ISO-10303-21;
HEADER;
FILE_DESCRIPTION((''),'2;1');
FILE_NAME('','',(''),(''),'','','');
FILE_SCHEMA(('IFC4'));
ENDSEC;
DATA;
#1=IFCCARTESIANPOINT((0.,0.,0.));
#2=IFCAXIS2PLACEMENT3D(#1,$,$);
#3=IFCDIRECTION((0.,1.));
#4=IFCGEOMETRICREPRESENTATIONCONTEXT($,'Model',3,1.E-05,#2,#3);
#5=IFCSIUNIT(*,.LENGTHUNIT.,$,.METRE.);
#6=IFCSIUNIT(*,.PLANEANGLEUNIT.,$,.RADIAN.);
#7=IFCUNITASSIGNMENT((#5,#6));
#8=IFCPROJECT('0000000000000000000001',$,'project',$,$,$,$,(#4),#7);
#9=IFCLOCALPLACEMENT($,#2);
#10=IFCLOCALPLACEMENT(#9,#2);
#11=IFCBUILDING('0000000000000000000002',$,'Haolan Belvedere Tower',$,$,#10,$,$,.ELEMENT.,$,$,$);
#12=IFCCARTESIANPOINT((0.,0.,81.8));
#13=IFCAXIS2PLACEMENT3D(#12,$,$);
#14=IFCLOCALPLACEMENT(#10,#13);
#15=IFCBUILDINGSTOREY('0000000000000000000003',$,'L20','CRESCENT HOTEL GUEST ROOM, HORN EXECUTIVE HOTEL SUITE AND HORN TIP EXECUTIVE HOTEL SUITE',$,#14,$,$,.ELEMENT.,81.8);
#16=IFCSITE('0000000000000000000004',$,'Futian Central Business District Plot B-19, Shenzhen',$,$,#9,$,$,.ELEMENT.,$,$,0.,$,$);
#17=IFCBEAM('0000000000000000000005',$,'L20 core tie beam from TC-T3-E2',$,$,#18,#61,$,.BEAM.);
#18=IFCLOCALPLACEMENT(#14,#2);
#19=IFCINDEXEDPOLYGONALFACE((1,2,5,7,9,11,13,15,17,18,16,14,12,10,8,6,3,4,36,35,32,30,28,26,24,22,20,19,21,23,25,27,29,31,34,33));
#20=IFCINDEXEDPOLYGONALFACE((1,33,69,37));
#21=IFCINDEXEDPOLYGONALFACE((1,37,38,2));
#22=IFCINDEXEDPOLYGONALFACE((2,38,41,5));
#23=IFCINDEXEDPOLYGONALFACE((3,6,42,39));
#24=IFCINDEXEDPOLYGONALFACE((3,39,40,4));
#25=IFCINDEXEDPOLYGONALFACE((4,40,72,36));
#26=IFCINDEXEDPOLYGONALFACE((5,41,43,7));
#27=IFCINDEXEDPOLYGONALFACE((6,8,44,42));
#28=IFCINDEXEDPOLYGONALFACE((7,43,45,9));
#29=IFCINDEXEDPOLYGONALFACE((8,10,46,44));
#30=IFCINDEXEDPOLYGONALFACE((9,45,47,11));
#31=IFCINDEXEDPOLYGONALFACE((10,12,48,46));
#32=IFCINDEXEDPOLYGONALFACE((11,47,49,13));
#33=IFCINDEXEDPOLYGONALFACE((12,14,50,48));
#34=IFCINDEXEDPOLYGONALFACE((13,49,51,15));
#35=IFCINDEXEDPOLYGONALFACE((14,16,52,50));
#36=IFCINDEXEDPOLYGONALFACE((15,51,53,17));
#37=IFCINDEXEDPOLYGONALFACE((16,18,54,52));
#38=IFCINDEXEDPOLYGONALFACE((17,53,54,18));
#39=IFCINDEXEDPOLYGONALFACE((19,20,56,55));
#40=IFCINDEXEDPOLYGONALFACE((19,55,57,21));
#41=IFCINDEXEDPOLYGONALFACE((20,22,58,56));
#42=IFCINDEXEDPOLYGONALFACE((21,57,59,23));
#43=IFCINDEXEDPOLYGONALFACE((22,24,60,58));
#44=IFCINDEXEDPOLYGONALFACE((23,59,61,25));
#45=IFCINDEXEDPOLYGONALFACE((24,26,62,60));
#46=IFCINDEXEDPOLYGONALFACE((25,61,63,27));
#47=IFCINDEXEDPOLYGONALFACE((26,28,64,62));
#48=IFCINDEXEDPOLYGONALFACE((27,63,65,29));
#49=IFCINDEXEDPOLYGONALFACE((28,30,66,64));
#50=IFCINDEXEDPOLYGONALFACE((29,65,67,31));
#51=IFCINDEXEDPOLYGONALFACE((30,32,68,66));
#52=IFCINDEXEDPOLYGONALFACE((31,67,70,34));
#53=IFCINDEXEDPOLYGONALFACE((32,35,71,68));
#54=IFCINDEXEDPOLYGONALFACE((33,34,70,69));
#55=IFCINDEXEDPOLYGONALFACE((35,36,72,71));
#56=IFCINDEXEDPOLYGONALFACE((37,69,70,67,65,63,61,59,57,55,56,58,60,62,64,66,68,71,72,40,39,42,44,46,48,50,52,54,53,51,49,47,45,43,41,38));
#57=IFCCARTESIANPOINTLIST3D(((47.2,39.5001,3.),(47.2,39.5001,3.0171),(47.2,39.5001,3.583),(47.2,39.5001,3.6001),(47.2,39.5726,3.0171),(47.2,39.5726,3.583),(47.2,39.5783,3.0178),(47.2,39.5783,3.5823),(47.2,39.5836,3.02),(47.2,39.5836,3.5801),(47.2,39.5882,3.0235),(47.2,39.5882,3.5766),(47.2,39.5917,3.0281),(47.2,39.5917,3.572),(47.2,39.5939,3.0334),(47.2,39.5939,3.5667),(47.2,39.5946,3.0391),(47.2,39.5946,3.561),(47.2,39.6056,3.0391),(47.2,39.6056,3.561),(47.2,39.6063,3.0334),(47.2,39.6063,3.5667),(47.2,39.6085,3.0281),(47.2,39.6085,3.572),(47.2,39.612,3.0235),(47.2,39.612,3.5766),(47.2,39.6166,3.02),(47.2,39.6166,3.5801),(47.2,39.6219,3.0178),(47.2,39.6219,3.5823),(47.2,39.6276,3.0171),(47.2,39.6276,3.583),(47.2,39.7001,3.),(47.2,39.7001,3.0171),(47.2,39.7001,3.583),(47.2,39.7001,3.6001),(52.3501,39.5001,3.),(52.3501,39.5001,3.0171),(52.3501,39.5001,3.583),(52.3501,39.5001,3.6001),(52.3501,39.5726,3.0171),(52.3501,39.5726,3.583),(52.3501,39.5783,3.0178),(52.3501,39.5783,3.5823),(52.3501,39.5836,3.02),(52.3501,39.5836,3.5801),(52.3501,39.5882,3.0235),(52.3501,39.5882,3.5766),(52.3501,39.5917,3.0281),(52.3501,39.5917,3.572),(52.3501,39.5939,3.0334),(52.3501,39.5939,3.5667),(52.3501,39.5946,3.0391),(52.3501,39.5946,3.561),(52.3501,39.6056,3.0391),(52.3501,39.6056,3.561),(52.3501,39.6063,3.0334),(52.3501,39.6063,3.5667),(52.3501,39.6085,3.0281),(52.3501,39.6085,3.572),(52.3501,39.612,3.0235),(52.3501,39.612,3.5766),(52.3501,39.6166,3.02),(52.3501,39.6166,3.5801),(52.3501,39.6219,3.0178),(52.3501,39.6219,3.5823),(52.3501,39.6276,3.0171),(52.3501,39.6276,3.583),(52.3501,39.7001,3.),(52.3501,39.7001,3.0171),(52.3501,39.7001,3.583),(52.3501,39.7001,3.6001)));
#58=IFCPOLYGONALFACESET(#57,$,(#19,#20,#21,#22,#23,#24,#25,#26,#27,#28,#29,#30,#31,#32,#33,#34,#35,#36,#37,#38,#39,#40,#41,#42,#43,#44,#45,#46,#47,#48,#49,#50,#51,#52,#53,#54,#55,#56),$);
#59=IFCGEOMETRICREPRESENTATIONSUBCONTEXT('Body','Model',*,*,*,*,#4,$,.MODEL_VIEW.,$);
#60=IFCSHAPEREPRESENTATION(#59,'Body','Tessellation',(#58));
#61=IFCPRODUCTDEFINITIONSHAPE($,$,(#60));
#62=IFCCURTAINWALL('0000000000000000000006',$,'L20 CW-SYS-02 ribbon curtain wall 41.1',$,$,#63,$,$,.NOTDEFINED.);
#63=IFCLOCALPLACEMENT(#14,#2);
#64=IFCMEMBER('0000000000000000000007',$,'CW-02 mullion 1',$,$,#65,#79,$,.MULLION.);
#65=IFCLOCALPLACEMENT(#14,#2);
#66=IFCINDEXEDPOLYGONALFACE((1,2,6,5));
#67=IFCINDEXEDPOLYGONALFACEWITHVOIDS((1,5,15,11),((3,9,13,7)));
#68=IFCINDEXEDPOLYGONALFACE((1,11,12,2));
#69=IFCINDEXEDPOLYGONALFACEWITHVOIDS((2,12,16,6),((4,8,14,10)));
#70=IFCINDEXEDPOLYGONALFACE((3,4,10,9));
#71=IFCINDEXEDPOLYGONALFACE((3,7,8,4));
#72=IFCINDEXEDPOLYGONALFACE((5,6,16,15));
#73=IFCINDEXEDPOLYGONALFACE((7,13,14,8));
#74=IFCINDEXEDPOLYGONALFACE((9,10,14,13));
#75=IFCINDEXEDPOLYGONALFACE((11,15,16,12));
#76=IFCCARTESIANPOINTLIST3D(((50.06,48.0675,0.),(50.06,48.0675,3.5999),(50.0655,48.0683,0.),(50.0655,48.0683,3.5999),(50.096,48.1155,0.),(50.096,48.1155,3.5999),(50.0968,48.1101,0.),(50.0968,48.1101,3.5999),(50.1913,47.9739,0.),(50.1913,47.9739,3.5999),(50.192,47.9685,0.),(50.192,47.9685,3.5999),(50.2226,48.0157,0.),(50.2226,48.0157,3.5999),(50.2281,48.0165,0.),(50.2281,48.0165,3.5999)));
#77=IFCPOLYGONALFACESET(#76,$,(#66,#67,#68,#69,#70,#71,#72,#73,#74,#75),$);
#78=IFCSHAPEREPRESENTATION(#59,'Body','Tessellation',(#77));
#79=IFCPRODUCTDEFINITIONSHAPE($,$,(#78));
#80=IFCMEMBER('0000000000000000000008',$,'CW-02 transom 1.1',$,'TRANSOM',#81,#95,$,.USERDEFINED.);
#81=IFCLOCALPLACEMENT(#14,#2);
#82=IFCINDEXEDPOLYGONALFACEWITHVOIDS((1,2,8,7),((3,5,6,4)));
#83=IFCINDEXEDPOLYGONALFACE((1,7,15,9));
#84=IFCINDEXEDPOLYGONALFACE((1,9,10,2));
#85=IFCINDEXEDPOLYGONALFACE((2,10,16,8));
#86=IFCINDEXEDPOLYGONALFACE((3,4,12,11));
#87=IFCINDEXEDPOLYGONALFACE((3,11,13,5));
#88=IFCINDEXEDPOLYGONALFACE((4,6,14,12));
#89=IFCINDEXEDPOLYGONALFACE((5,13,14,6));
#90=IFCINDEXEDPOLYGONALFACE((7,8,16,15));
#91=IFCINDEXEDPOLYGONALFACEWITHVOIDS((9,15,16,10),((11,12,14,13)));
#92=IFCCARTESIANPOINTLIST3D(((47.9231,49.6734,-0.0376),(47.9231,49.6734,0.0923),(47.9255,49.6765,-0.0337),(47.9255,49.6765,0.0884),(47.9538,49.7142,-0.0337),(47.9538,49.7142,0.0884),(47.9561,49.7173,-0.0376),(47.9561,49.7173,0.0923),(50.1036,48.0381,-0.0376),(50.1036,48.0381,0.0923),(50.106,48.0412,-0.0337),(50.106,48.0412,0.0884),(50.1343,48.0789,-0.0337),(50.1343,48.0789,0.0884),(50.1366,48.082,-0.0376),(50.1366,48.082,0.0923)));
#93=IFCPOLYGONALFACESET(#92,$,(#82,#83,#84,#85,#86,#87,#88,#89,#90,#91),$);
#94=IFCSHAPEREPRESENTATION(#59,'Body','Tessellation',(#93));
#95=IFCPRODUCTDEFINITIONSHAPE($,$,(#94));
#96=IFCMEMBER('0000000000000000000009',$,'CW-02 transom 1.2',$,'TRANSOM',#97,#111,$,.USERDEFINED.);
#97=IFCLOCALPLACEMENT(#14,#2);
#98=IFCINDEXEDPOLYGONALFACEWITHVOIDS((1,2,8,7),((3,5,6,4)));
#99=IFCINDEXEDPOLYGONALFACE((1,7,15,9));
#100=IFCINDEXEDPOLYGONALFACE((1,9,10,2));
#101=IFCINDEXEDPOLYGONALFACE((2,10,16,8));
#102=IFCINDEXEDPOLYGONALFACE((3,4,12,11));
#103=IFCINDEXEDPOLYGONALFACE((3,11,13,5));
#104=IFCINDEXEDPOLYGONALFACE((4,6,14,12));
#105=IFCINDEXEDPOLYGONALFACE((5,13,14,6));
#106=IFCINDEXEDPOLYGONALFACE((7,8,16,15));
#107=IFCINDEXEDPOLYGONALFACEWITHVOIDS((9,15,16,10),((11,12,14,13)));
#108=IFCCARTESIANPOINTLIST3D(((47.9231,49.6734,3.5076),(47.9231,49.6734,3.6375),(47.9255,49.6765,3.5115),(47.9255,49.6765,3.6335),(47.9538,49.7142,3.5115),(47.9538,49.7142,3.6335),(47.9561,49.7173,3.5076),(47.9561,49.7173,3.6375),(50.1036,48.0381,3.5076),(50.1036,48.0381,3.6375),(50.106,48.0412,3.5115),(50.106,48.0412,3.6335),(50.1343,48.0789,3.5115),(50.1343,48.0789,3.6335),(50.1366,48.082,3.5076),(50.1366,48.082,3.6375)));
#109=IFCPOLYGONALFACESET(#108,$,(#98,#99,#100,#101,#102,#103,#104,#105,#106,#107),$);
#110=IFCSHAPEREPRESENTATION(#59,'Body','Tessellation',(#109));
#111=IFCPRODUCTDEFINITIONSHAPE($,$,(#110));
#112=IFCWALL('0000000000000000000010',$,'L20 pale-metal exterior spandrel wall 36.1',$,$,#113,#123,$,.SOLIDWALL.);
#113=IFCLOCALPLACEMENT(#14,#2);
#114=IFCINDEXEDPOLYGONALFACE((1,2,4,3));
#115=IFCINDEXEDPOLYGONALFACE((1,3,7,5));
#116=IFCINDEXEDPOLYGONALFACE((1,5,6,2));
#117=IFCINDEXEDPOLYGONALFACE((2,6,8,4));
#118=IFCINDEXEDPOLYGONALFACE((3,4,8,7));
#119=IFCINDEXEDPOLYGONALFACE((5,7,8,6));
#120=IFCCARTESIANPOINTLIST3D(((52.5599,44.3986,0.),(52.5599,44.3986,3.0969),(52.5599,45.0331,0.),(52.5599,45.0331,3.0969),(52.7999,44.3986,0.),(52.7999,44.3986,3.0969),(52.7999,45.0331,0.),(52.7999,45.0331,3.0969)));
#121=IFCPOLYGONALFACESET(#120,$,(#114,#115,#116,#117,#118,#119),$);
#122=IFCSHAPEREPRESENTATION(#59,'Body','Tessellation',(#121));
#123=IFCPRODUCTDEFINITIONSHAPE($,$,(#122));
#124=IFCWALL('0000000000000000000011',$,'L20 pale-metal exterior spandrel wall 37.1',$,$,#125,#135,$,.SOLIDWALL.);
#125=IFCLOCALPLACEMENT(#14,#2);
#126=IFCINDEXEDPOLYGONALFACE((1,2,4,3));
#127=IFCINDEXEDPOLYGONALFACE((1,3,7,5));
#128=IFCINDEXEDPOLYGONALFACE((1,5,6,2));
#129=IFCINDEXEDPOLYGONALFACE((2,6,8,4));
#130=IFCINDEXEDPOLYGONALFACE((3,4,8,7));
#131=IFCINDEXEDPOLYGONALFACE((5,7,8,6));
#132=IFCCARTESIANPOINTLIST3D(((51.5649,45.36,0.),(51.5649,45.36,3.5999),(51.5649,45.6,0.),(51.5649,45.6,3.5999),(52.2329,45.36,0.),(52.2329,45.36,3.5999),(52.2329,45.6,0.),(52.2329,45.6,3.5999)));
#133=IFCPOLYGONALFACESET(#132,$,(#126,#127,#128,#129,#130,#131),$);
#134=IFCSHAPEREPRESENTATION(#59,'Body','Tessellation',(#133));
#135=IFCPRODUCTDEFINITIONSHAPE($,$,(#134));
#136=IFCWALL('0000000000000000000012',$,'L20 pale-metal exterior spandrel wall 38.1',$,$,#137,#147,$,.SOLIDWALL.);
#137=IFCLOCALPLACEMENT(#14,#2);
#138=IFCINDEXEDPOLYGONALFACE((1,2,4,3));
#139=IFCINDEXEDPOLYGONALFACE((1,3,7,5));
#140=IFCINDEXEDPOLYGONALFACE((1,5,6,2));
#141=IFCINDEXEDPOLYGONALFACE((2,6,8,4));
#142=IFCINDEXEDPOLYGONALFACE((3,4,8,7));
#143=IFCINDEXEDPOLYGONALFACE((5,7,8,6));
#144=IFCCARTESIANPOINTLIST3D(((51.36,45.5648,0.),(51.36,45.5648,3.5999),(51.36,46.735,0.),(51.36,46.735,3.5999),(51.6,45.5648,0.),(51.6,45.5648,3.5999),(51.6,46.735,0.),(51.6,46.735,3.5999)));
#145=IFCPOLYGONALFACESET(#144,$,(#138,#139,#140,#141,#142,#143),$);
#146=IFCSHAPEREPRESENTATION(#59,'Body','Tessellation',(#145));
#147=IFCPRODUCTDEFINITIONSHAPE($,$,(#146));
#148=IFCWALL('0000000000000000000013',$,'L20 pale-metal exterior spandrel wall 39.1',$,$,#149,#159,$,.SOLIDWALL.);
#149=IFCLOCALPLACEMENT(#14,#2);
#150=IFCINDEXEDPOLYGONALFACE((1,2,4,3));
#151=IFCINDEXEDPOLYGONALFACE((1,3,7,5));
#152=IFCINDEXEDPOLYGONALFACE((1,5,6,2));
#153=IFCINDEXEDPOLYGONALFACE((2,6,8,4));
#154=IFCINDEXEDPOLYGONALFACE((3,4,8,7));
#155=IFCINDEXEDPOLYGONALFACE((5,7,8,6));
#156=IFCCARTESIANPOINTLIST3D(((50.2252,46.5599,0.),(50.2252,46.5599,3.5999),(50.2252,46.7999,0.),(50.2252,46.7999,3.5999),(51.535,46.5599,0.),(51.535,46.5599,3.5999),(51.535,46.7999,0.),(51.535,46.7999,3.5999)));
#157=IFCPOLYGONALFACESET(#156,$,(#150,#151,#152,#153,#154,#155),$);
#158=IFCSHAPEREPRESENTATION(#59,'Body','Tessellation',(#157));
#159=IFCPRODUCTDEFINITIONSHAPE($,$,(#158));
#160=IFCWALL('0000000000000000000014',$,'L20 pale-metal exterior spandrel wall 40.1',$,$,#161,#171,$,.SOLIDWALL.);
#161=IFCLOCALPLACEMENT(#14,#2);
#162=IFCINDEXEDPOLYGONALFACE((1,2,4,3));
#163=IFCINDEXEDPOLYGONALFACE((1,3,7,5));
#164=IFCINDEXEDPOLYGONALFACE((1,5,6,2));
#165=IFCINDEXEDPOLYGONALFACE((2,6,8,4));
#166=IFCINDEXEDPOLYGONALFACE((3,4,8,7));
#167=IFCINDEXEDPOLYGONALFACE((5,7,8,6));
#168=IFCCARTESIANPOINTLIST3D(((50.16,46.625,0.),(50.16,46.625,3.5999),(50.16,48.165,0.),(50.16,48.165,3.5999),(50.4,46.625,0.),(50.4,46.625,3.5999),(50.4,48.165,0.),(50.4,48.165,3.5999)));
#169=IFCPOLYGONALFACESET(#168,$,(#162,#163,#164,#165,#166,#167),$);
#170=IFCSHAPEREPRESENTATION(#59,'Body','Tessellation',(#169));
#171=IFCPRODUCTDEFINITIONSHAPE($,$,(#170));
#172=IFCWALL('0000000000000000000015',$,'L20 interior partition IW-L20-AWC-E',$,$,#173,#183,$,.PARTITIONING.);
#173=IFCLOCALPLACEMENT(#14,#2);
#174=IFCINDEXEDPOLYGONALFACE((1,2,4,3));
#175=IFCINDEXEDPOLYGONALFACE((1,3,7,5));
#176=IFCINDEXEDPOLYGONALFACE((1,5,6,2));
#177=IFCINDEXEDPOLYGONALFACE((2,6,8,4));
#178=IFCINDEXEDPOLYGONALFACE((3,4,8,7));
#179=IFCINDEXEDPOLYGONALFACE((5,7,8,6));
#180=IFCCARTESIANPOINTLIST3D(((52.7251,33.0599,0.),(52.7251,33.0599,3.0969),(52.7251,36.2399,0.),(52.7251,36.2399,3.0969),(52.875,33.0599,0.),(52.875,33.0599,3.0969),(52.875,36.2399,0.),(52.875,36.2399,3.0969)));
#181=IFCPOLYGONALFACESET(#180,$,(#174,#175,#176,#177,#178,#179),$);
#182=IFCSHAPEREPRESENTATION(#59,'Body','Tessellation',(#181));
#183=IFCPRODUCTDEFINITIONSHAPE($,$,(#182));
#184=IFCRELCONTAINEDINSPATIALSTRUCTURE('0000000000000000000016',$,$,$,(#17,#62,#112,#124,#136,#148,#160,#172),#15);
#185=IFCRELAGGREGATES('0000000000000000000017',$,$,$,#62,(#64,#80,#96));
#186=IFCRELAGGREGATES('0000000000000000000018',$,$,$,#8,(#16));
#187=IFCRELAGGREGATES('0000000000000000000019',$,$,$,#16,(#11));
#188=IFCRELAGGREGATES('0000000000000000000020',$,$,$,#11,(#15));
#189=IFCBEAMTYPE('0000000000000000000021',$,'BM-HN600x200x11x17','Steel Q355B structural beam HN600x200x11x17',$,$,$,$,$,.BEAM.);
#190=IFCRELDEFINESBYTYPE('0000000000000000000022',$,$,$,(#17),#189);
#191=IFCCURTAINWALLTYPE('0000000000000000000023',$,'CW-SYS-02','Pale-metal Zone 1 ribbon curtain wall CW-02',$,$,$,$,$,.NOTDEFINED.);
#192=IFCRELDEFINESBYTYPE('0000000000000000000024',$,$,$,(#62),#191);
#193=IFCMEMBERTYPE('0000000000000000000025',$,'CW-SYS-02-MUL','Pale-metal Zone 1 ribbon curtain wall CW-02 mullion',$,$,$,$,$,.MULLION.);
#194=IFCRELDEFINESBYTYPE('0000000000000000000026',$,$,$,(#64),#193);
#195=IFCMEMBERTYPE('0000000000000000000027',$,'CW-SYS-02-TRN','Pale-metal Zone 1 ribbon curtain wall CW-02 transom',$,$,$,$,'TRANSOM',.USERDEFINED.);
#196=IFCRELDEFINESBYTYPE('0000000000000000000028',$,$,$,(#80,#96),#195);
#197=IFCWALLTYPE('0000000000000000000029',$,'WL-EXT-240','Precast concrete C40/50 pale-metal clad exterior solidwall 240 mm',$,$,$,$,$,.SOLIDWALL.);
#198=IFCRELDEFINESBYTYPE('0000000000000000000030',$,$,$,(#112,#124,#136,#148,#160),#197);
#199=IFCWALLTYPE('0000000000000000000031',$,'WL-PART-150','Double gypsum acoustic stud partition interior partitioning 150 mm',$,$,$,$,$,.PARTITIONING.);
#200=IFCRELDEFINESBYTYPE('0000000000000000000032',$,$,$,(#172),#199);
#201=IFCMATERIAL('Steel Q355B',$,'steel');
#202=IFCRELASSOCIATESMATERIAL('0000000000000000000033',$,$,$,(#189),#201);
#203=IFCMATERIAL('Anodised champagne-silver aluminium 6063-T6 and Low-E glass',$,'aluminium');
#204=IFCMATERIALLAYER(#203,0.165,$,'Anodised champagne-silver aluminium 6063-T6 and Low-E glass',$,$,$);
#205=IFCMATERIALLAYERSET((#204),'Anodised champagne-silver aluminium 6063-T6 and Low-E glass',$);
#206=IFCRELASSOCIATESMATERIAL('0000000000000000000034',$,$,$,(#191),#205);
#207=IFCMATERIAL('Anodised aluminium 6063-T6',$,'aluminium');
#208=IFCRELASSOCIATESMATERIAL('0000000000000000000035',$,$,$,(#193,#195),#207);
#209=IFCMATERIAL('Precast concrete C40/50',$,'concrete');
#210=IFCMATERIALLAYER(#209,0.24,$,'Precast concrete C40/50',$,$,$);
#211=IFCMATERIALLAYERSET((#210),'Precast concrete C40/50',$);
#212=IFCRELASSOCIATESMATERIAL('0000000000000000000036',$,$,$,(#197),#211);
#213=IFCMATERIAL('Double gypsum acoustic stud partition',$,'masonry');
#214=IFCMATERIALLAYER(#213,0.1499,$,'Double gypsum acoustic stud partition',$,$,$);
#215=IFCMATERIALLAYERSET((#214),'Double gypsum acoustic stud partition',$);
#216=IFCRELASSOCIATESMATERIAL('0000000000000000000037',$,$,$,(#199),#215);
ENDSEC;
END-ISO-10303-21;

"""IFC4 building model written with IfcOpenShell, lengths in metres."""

from ifc_helpers import new_model, si_unit, direction, frame, frame_2d, origin, origin_2d, place, context, subcontext, project, spatial, rectangle, hollow_rectangle, i_section, extrude, material, layer, layer_set, material_profile, profile_set, type_object, element, aggregate, save


model = new_model("IFC4")

# Units and contexts
model_context = context("Model", 3, precision=1e-05, world=origin(), true_north=direction((0.0, 1.0)))
body_context = subcontext(model_context, "Body", "Model", "MODEL_VIEW")
ifc_project = project(units=[si_unit("LENGTHUNIT", "METRE"), si_unit("PLANEANGLEUNIT", "RADIAN")], contexts=[model_context])

# Site, building, storey
site_placement = place(None, origin())
site = spatial("IfcSite", under=ifc_project, at=site_placement, Name="Futian Central Business District Plot B-19, Shenzhen", CompositionType="ELEMENT", RefElevation=0.0)
building_placement = place(site_placement, origin())
building = spatial("IfcBuilding", under=site, at=building_placement, Name="Haolan Belvedere Tower", CompositionType="ELEMENT")
storey_placement = place(building_placement, frame((0.0, 0.0, 81.8)))
storey = spatial("IfcBuildingStorey", under=building, at=storey_placement, Name="L20", Description="CRESCENT HOTEL GUEST ROOM, HORN EXECUTIVE HOTEL SUITE AND HORN TIP EXECUTIVE HOTEL SUITE", CompositionType="ELEMENT", Elevation=81.8)

# Shared definitions
ifc_material_1 = material(Name="Steel Q355B", Category="steel")

# Beam
ifc_material_profile_1 = material_profile(ifc_material_1, i_section(OverallWidth=0.2, OverallDepth=0.6001, WebThickness=0.011, FlangeThickness=0.0171, FilletRadius=0.022, at=origin_2d()), Name="Steel Q355B")
ifc_profile_set_1 = profile_set([ifc_material_profile_1], Name="Steel Q355B")
beam_type_1 = type_object("IfcBeamType", Name="BM-HN600x200x11x17", Description="Steel Q355B structural beam HN600x200x11x17", PredefinedType="BEAM", material=ifc_profile_set_1)
for number, where, z_axis, x_axis, name in (
    (1, (52.3501, 39.6001, 3.3), (-1.0, 0.0, 0.0), (0.0, -1.0, 0.0), "L20 core tie beam from TC-T3-E2"),
):
    element("IfcBeam", number, at=place(storey_placement, frame(where, z_axis=z_axis, x_axis=x_axis)), inside=storey, type_object=beam_type_1, Name=name, PredefinedType="BEAM", context=body_context, shape_type="SweptSolid", body=[
        extrude(i_section(OverallWidth=0.2, OverallDepth=0.6001, WebThickness=0.011, FlangeThickness=0.0171, FilletRadius=0.022, at=origin_2d()), origin(), (0.0, 0.0, 1.0), 5.1501),
    ])

# Curtain wall, members
ifc_material_2 = material(Name="Anodised champagne-silver aluminium 6063-T6 and Low-E glass", Category="aluminium")
ifc_layer_1 = layer(ifc_material_2, 0.165, Name="Anodised champagne-silver aluminium 6063-T6 and Low-E glass")
ifc_layer_set_1 = layer_set([ifc_layer_1], Name="Anodised champagne-silver aluminium 6063-T6 and Low-E glass")
curtain_wall_type = type_object("IfcCurtainWallType", Name="CW-SYS-02", Description="Pale-metal Zone 1 ribbon curtain wall CW-02", PredefinedType="NOTDEFINED", material=ifc_layer_set_1)
curtain_wall_placement = place(storey_placement, origin())
curtain_wall = element("IfcCurtainWall", 2, at=curtain_wall_placement, inside=storey, type_object=curtain_wall_type, Name="L20 CW-SYS-02 ribbon curtain wall 41.1", PredefinedType="NOTDEFINED")
ifc_material_3 = material(Name="Anodised aluminium 6063-T6", Category="aluminium")
ifc_material_profile_2 = material_profile(ifc_material_3, hollow_rectangle(XDim=0.0601, YDim=0.165, WallThickness=0.0039, at=origin_2d()), Name="Anodised aluminium 6063-T6")
ifc_profile_set_2 = profile_set([ifc_material_profile_2], Name="Anodised aluminium 6063-T6")
member_type_1 = type_object("IfcMemberType", Name="CW-SYS-02-MUL", Description="Pale-metal Zone 1 ribbon curtain wall CW-02 mullion", PredefinedType="MULLION", material=ifc_profile_set_2)
member_1_placement = place(storey_placement, frame((50.144, 48.042, 0.0), z_axis=(0.0, 0.0, 1.0), x_axis=(-0.599994, -0.800004, 0.0)))
member_1 = element("IfcMember", 3, at=member_1_placement, type_object=member_type_1, Name="CW-02 mullion 1", PredefinedType="MULLION", context=body_context, shape_type="SweptSolid", body=[
    extrude(hollow_rectangle(XDim=0.0601, YDim=0.165, WallThickness=0.0039, at=origin_2d()), origin(), (0.0, 0.0, 1.0), 3.5999),
])
ifc_material_profile_3 = material_profile(ifc_material_3, hollow_rectangle(XDim=0.0549, YDim=0.1299, WallThickness=0.0039, at=origin_2d()), Name="Anodised aluminium 6063-T6")
ifc_profile_set_3 = profile_set([ifc_material_profile_3], Name="Anodised aluminium 6063-T6")
member_type_2 = type_object("IfcMemberType", Name="CW-SYS-02-TRN", Description="Pale-metal Zone 1 ribbon curtain wall CW-02 transom", ElementType="TRANSOM", PredefinedType="USERDEFINED", material=ifc_profile_set_3)
member_2_placement = place(storey_placement, frame((50.1201, 48.0601, 0.0273), z_axis=(-0.800011, 0.599986, 0.0), x_axis=(-0.599986, -0.800011, 0.0)))
member_2 = element("IfcMember", 4, at=member_2_placement, type_object=member_type_2, Name="CW-02 transom 1.1", ObjectType="TRANSOM", PredefinedType="USERDEFINED", context=body_context, shape_type="SweptSolid", body=[
    extrude(hollow_rectangle(XDim=0.0549, YDim=0.1299, WallThickness=0.0039, at=origin_2d()), origin(), (0.0, 0.0, 1.0), 2.7256),
])
member_3_placement = place(storey_placement, frame((50.1201, 48.0601, 3.5725), z_axis=(-0.800011, 0.599986, 0.0), x_axis=(-0.599986, -0.800011, 0.0)))
member_3 = element("IfcMember", 5, at=member_3_placement, type_object=member_type_2, Name="CW-02 transom 1.2", ObjectType="TRANSOM", PredefinedType="USERDEFINED", context=body_context, shape_type="SweptSolid", body=[
    extrude(hollow_rectangle(XDim=0.0549, YDim=0.1299, WallThickness=0.0039, at=origin_2d()), origin(), (0.0, 0.0, 1.0), 2.7256),
])
aggregate(curtain_wall, [member_1, member_2, member_3])

# Walls
ifc_material_4 = material(Name="Precast concrete C40/50", Category="concrete")
ifc_layer_2 = layer(ifc_material_4, 0.24, Name="Precast concrete C40/50")
ifc_layer_set_2 = layer_set([ifc_layer_2], Name="Precast concrete C40/50")
wall_type_1 = type_object("IfcWallType", Name="WL-EXT-240", Description="Precast concrete C40/50 pale-metal clad exterior solidwall 240 mm", PredefinedType="SOLIDWALL", material=ifc_layer_set_2)
wall_1_placement = place(storey_placement, frame((52.6799, 44.3984, 0.0), z_axis=(0.0, 0.0, 1.0), x_axis=(0.0, 1.0, 0.0)))
element("IfcWall", 6, at=wall_1_placement, inside=storey, type_object=wall_type_1, Name="L20 pale-metal exterior spandrel wall 36.1", PredefinedType="SOLIDWALL", context=body_context, shape_type="SweptSolid", body=[
    extrude(rectangle(XDim=0.6345, YDim=0.24, at=frame_2d((0.3174, 0.0))), origin(), (0.0, 0.0, 1.0), 3.0969),
])
wall_2_placement = place(storey_placement, frame((52.2329, 45.48, 0.0), z_axis=(0.0, 0.0, 1.0), x_axis=(-1.0, 0.0, 0.0)))
element("IfcWall", 7, at=wall_2_placement, inside=storey, type_object=wall_type_1, Name="L20 pale-metal exterior spandrel wall 37.1", PredefinedType="SOLIDWALL", context=body_context, shape_type="SweptSolid", body=[
    extrude(rectangle(XDim=0.668, YDim=0.24, at=frame_2d((0.334, 0.0))), origin(), (0.0, 0.0, 1.0), 3.5999),
])
wall_3_placement = place(storey_placement, frame((51.48, 45.5649, 0.0), z_axis=(0.0, 0.0, 1.0), x_axis=(0.0, 1.0, 0.0)))
element("IfcWall", 8, at=wall_3_placement, inside=storey, type_object=wall_type_1, Name="L20 pale-metal exterior spandrel wall 38.1", PredefinedType="SOLIDWALL", context=body_context, shape_type="SweptSolid", body=[
    extrude(rectangle(XDim=1.1702, YDim=0.24, at=frame_2d((0.585, 0.0))), origin(), (0.0, 0.0, 1.0), 3.5999),
])
wall_4_placement = place(storey_placement, frame((51.5349, 46.6799, 0.0), z_axis=(0.0, 0.0, 1.0), x_axis=(-1.0, 0.0, 0.0)))
element("IfcWall", 9, at=wall_4_placement, inside=storey, type_object=wall_type_1, Name="L20 pale-metal exterior spandrel wall 39.1", PredefinedType="SOLIDWALL", context=body_context, shape_type="SweptSolid", body=[
    extrude(rectangle(XDim=1.3098, YDim=0.24, at=frame_2d((0.6548, 0.0))), origin(), (0.0, 0.0, 1.0), 3.5999),
])
wall_5_placement = place(storey_placement, frame((50.28, 46.625, 0.0), z_axis=(0.0, 0.0, 1.0), x_axis=(0.0, 1.0, 0.0)))
element("IfcWall", 10, at=wall_5_placement, inside=storey, type_object=wall_type_1, Name="L20 pale-metal exterior spandrel wall 40.1", PredefinedType="SOLIDWALL", context=body_context, shape_type="SweptSolid", body=[
    extrude(rectangle(XDim=1.54, YDim=0.24, at=frame_2d((0.77, 0.0))), origin(), (0.0, 0.0, 1.0), 3.5999),
])

# Shared definitions
ifc_material_5 = material(Name="Double gypsum acoustic stud partition", Category="masonry")
ifc_layer_3 = layer(ifc_material_5, 0.1499, Name="Double gypsum acoustic stud partition")
ifc_layer_set_3 = layer_set([ifc_layer_3], Name="Double gypsum acoustic stud partition")
wall_type_2 = type_object("IfcWallType", Name="WL-PART-150", Description="Double gypsum acoustic stud partition interior partitioning 150 mm", PredefinedType="PARTITIONING", material=ifc_layer_set_3)

# Wall
wall_6_placement = place(storey_placement, frame((52.8, 33.0601, 0.0), z_axis=(0.0, 0.0, 1.0), x_axis=(0.0, 1.0, 0.0)))
element("IfcWall", 11, at=wall_6_placement, inside=storey, type_object=wall_type_2, Name="L20 interior partition IW-L20-AWC-E", PredefinedType="PARTITIONING", context=body_context, shape_type="SweptSolid", body=[
    extrude(rectangle(XDim=3.1799, YDim=0.1499, at=frame_2d((1.5898, 0.0))), origin(), (0.0, 0.0, 1.0), 3.0969),
])

save(model, "model.ifc")
